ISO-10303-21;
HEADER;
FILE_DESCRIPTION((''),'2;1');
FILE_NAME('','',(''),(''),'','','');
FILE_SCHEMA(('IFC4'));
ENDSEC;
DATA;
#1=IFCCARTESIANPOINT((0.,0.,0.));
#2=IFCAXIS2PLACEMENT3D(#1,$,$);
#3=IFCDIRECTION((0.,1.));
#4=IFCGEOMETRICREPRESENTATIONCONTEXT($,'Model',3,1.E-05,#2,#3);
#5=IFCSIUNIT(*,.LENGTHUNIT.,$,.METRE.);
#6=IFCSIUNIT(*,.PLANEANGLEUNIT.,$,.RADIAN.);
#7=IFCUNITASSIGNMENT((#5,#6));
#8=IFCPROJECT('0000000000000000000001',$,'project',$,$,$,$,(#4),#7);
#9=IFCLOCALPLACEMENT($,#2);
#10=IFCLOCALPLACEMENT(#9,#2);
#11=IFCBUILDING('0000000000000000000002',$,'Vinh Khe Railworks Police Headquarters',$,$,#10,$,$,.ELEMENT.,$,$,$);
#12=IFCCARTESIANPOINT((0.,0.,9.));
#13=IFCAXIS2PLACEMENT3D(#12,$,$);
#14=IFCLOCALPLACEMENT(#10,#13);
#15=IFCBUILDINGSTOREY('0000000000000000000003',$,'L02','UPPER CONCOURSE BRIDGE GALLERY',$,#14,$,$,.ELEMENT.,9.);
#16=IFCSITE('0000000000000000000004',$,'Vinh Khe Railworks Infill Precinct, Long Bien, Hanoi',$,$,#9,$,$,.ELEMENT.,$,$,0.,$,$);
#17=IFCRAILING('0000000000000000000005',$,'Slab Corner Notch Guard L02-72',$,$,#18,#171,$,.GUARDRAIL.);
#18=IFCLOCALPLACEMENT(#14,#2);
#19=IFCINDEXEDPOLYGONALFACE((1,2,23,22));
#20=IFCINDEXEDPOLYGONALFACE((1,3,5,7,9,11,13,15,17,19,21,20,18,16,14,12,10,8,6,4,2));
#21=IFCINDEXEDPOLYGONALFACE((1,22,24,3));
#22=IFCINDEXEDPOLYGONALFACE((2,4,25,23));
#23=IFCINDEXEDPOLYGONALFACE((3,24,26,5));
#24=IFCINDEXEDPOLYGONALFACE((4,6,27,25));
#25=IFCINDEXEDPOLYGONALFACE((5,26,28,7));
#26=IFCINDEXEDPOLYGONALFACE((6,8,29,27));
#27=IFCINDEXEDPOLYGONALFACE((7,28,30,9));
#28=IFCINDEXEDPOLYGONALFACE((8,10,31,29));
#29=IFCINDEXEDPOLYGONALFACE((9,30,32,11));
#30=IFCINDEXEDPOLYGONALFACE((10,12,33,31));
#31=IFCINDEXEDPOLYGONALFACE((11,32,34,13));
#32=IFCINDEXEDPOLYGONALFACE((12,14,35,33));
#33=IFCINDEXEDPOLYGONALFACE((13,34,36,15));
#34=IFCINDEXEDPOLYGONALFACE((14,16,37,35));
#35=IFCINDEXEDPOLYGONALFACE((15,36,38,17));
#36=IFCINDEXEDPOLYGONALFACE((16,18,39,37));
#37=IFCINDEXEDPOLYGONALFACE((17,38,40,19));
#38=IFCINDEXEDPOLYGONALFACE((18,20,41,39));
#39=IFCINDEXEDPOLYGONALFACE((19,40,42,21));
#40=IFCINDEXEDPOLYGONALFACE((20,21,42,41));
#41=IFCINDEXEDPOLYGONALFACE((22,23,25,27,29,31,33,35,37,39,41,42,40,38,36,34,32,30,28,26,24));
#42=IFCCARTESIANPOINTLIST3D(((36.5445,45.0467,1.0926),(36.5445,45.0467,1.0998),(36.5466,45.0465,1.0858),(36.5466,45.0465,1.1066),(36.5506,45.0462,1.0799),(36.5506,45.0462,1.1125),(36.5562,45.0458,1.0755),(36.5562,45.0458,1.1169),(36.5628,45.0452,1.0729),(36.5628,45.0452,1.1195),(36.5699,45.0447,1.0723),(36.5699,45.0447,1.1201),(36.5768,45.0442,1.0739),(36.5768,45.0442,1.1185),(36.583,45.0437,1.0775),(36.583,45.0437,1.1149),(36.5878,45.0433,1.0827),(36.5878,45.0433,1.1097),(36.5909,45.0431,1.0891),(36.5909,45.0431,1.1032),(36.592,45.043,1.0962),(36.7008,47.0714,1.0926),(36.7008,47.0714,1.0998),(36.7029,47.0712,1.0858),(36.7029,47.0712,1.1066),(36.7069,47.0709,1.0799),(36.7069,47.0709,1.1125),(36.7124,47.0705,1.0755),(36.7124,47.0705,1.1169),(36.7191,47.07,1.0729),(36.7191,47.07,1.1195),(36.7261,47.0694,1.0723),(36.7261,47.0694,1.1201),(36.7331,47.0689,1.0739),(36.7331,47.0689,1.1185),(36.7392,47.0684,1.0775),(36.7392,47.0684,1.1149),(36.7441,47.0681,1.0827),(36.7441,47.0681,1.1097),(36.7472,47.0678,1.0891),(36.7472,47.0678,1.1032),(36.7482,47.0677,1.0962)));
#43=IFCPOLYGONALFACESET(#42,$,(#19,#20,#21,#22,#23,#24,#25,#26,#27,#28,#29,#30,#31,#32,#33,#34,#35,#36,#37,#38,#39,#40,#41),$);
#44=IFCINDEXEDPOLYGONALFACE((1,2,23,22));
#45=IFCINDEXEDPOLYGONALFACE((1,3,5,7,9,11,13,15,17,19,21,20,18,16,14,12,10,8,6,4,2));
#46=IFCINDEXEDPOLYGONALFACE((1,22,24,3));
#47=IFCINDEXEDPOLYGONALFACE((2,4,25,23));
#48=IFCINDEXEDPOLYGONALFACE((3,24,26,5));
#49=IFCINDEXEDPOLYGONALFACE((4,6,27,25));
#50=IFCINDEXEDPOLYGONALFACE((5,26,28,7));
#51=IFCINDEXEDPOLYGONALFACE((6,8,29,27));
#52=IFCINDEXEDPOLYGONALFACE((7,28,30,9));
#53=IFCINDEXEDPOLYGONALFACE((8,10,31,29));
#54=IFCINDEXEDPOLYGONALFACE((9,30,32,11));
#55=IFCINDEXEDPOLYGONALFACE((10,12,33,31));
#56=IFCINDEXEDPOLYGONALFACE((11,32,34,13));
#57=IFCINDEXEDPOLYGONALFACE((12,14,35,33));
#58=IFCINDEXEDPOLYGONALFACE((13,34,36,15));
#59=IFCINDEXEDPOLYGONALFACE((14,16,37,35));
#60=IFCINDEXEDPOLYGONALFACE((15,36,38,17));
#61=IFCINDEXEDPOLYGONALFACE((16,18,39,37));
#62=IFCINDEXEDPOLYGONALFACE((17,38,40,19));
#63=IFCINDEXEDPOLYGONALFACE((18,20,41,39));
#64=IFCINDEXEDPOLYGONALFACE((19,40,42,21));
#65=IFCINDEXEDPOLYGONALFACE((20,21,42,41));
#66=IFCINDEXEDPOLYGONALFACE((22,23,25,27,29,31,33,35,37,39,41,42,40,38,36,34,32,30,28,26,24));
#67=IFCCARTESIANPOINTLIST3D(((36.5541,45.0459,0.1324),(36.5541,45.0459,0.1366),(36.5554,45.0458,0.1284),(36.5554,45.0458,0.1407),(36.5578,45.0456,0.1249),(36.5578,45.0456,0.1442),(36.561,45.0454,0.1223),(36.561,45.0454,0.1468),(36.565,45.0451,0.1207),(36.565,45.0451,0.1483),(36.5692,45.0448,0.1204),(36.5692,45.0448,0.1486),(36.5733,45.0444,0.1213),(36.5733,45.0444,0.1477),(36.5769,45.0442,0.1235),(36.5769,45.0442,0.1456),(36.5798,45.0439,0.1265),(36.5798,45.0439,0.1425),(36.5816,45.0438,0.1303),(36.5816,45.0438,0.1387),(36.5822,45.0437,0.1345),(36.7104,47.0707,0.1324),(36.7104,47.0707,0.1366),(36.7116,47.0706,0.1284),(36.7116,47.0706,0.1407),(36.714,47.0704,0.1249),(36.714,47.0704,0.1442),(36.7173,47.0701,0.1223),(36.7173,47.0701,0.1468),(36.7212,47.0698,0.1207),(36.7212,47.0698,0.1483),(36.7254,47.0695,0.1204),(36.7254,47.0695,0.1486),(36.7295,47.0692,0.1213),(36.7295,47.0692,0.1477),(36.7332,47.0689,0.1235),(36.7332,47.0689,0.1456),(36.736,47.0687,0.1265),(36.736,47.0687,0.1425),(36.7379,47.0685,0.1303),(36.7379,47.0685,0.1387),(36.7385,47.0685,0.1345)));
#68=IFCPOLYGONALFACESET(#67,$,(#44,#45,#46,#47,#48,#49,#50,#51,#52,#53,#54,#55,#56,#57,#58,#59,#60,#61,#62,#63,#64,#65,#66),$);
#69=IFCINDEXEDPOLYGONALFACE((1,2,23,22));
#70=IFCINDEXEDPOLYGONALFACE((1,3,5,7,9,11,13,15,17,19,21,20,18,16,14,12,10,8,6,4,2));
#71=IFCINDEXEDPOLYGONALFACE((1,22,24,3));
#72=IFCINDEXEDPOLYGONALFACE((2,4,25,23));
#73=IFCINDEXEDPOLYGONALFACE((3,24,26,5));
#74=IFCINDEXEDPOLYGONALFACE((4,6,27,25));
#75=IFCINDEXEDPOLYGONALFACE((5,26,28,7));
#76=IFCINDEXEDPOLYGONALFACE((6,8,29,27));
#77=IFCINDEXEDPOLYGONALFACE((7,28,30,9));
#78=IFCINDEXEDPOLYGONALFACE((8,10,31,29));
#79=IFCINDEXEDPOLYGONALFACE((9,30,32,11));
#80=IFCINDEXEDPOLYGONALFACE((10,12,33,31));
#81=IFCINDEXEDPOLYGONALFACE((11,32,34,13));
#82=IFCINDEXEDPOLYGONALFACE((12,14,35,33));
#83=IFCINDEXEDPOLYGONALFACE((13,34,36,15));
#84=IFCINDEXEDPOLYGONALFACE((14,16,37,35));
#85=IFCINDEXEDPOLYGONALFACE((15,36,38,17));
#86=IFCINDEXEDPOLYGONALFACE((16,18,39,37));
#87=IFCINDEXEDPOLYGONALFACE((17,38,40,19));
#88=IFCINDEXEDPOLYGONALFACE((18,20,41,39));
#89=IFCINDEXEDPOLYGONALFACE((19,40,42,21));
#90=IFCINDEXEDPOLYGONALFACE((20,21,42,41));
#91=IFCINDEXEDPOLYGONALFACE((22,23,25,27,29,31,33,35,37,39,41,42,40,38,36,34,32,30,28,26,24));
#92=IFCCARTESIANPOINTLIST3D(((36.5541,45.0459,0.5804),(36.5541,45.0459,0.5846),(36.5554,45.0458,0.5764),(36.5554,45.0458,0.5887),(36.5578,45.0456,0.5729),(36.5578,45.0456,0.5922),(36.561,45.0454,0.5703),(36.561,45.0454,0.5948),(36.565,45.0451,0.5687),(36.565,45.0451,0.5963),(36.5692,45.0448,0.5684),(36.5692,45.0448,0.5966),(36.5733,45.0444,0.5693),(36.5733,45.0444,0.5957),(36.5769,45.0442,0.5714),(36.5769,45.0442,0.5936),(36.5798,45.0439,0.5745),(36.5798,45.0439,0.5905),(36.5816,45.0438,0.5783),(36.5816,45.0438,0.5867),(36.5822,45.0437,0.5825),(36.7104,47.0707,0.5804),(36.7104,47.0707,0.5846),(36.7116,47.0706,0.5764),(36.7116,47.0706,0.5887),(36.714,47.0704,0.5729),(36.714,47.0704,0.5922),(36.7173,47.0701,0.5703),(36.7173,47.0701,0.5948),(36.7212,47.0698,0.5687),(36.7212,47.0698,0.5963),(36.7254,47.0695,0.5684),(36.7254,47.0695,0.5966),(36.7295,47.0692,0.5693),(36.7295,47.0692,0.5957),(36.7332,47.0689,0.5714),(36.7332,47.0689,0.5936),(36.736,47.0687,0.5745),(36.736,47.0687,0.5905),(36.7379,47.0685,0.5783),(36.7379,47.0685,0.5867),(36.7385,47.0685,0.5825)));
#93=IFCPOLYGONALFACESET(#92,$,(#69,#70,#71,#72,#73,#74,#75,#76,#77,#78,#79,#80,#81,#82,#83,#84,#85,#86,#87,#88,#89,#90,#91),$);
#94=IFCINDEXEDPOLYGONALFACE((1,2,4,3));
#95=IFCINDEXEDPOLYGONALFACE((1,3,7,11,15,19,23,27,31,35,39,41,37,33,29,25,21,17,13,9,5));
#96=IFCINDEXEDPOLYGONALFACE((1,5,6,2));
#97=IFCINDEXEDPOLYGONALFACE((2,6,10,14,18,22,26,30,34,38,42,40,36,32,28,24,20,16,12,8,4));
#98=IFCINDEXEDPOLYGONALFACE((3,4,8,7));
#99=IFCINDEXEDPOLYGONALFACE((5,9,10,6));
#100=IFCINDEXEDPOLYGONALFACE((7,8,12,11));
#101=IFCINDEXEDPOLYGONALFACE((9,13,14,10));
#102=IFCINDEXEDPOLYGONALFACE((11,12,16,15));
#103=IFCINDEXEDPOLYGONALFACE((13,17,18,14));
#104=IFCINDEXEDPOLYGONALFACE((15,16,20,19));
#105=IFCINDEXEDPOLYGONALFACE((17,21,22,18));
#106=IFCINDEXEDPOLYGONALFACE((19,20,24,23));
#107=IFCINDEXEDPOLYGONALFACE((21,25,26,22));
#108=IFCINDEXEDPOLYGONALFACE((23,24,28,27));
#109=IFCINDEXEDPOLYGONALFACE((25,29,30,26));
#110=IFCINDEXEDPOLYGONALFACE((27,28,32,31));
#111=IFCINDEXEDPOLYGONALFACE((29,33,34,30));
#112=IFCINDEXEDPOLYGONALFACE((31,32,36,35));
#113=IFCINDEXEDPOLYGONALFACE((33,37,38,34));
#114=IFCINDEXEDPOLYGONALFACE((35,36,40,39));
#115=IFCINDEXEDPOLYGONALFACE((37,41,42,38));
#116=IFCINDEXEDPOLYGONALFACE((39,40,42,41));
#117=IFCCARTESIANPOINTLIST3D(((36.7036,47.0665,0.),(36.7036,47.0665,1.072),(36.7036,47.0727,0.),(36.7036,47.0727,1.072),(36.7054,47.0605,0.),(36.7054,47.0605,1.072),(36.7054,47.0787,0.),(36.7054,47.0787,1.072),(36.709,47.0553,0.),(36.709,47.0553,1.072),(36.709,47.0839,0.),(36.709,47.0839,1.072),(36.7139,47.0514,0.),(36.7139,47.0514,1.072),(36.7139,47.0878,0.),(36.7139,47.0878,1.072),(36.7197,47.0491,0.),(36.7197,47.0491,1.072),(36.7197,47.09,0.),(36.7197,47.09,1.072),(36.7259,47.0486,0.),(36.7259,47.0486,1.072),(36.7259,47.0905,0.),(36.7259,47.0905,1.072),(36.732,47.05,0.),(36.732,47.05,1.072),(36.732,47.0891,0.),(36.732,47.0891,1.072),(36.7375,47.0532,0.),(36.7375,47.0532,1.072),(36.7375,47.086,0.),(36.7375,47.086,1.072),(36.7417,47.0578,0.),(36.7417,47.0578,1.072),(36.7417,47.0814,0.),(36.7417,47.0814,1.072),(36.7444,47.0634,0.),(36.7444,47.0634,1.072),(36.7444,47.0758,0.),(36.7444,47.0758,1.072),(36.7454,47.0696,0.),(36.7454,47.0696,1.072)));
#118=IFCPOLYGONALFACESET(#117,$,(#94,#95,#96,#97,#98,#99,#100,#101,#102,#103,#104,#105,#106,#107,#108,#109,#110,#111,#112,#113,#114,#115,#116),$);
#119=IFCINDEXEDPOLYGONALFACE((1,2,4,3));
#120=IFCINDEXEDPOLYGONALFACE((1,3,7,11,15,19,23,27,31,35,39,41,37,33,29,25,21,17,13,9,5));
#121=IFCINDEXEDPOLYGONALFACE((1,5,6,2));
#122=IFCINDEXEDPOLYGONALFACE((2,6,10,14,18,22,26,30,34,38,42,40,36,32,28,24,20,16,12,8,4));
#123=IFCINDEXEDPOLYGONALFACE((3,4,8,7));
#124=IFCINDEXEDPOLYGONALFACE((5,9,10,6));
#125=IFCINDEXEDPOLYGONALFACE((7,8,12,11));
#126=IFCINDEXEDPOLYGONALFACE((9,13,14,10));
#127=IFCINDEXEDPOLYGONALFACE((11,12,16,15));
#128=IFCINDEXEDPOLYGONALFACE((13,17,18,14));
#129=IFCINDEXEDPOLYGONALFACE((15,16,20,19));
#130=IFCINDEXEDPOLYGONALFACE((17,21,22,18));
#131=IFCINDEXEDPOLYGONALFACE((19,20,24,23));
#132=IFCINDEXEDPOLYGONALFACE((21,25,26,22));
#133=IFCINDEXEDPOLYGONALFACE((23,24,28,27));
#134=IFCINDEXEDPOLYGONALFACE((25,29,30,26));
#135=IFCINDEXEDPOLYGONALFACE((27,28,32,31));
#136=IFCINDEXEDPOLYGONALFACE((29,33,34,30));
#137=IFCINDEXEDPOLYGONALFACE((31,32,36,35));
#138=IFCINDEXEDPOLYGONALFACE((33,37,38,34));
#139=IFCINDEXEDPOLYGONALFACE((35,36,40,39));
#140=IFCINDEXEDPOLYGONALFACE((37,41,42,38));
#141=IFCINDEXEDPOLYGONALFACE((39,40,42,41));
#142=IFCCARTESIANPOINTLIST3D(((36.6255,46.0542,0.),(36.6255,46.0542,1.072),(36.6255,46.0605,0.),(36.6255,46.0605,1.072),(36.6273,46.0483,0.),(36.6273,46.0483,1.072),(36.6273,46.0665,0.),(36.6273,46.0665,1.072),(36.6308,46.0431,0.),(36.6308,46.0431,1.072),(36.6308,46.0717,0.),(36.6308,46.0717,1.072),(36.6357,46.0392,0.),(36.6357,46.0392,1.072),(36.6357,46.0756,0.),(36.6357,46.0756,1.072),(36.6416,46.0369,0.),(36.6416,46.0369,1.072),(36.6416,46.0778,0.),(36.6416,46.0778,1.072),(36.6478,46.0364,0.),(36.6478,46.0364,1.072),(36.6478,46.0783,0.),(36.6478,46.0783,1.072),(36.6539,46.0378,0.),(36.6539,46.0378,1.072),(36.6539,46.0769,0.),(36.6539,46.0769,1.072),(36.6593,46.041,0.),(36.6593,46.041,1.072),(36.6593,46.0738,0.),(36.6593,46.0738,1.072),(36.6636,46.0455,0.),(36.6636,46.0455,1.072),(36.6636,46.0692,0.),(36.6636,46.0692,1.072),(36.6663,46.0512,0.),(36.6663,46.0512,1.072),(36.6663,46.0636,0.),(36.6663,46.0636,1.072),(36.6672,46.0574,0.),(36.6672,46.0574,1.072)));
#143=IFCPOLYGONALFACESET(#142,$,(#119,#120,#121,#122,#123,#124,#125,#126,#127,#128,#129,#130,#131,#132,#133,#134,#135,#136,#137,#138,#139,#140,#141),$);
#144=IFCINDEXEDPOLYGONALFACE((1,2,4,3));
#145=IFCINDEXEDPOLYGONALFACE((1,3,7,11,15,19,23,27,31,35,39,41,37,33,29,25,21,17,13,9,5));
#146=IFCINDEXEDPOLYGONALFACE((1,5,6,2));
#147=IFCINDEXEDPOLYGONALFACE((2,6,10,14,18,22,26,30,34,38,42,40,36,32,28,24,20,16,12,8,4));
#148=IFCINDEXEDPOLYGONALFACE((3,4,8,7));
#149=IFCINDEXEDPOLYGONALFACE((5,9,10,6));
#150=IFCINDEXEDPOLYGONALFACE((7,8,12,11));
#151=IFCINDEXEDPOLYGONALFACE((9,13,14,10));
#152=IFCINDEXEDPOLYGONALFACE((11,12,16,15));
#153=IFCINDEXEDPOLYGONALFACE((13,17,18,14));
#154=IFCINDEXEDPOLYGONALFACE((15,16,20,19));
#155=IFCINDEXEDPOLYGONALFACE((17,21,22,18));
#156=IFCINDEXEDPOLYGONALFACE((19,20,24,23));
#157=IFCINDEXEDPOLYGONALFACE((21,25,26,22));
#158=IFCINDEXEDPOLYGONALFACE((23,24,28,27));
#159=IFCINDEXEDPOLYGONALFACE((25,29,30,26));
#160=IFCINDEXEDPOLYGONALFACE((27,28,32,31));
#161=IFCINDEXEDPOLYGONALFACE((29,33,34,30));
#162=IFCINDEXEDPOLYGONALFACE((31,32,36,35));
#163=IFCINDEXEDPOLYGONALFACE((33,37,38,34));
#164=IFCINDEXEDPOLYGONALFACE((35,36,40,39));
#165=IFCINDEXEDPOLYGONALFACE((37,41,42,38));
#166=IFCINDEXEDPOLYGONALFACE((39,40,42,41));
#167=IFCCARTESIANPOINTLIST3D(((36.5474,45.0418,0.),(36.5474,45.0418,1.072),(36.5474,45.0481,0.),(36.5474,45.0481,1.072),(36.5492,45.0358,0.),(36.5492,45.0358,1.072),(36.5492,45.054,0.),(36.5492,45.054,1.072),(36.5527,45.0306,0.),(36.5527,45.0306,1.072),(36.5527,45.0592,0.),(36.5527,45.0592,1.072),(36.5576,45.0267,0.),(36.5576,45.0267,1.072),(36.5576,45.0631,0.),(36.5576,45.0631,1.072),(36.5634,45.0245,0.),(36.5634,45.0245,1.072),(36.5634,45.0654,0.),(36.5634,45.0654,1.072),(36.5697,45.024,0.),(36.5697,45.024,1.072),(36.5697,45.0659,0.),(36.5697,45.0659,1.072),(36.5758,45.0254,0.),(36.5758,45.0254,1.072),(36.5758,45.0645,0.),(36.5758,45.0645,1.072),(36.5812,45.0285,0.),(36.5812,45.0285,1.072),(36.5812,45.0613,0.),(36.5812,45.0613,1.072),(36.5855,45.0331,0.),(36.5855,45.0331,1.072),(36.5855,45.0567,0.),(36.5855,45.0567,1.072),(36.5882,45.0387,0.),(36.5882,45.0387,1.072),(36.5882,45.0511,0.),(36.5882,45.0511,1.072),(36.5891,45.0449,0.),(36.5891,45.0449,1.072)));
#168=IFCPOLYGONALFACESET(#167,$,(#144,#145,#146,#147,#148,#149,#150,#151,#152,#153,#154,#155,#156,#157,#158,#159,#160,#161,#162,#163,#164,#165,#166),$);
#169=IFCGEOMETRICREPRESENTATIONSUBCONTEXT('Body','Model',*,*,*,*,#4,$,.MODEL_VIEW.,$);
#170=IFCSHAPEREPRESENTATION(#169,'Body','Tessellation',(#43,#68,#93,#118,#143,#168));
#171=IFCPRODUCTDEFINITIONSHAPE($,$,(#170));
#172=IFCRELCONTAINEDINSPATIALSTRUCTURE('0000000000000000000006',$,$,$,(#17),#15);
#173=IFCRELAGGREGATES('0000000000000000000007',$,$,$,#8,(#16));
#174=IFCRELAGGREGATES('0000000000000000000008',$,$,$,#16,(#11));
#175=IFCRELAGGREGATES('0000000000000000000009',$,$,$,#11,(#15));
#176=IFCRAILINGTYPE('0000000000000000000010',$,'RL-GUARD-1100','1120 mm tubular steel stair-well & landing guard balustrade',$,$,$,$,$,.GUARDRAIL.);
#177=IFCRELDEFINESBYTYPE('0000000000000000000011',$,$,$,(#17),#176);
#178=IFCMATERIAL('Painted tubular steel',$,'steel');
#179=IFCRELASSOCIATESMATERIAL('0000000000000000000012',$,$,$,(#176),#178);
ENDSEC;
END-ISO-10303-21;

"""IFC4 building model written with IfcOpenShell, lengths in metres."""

from ifc_helpers import new_model, si_unit, direction, frame, origin, origin_2d, place, context, subcontext, project, spatial, circle, extrude, material, type_object, element, save


model = new_model("IFC4")

# Units and contexts
model_context = context("Model", 3, precision=1e-05, world=origin(), true_north=direction((0.0, 1.0)))
body_context = subcontext(model_context, "Body", "Model", "MODEL_VIEW")
ifc_project = project(units=[si_unit("LENGTHUNIT", "METRE"), si_unit("PLANEANGLEUNIT", "RADIAN")], contexts=[model_context])

# Site, building, storey
site_placement = place(None, origin())
site = spatial("IfcSite", under=ifc_project, at=site_placement, Name="Vinh Khe Railworks Infill Precinct, Long Bien, Hanoi", CompositionType="ELEMENT", RefElevation=0.0)
building_placement = place(site_placement, origin())
building = spatial("IfcBuilding", under=site, at=building_placement, Name="Vinh Khe Railworks Police Headquarters", CompositionType="ELEMENT")
storey_placement = place(building_placement, frame((0.0, 0.0, 9.0)))
storey = spatial("IfcBuildingStorey", under=building, at=storey_placement, Name="L02", Description="UPPER CONCOURSE BRIDGE GALLERY", CompositionType="ELEMENT", Elevation=9.0)

# Railing
ifc_material_1 = material(Name="Painted tubular steel", Category="steel")
railing_type = type_object("IfcRailingType", Name="RL-GUARD-1100", Description="1120 mm tubular steel stair-well & landing guard balustrade", PredefinedType="GUARDRAIL", material=ifc_material_1)
railing_placement = place(storey_placement, frame((36.7244, 47.0696, 0.0)))
element("IfcRailing", 1, at=railing_placement, inside=storey, type_object=railing_type, Name="Slab Corner Notch Guard L02-72", PredefinedType="GUARDRAIL", context=body_context, shape_type="SweptSolid", body=[
    extrude(circle(Radius=0.0239, at=origin_2d()), frame((0.0, 0.0, 1.0962), z_axis=(-0.076945, -0.997035, 0.0), x_axis=(0.997035, -0.076945, 0.0)), (0.0, 0.0, 1.0), 2.0308),
    extrude(circle(Radius=0.0142, at=origin_2d()), frame((0.0, 0.0, 0.1345), z_axis=(-0.076945, -0.997035, 0.0), x_axis=(0.997035, -0.076945, 0.0)), (0.0, 0.0, 1.0), 2.0308),
    extrude(circle(Radius=0.0142, at=origin_2d()), frame((0.0, 0.0, 0.5825), z_axis=(-0.076945, -0.997035, 0.0), x_axis=(0.997035, -0.076945, 0.0)), (0.0, 0.0, 1.0), 2.0308),
    extrude(circle(Radius=0.021, at=origin_2d()), origin(), (0.0, 0.0, 1.0), 1.072),
    extrude(circle(Radius=0.021, at=origin_2d()), frame((-0.0781, -1.0122, 0.0)), (0.0, 0.0, 1.0), 1.072),
    extrude(circle(Radius=0.021, at=origin_2d()), frame((-0.1562, -2.0247, 0.0)), (0.0, 0.0, 1.0), 1.072),
])

save(model, "model.ifc")
